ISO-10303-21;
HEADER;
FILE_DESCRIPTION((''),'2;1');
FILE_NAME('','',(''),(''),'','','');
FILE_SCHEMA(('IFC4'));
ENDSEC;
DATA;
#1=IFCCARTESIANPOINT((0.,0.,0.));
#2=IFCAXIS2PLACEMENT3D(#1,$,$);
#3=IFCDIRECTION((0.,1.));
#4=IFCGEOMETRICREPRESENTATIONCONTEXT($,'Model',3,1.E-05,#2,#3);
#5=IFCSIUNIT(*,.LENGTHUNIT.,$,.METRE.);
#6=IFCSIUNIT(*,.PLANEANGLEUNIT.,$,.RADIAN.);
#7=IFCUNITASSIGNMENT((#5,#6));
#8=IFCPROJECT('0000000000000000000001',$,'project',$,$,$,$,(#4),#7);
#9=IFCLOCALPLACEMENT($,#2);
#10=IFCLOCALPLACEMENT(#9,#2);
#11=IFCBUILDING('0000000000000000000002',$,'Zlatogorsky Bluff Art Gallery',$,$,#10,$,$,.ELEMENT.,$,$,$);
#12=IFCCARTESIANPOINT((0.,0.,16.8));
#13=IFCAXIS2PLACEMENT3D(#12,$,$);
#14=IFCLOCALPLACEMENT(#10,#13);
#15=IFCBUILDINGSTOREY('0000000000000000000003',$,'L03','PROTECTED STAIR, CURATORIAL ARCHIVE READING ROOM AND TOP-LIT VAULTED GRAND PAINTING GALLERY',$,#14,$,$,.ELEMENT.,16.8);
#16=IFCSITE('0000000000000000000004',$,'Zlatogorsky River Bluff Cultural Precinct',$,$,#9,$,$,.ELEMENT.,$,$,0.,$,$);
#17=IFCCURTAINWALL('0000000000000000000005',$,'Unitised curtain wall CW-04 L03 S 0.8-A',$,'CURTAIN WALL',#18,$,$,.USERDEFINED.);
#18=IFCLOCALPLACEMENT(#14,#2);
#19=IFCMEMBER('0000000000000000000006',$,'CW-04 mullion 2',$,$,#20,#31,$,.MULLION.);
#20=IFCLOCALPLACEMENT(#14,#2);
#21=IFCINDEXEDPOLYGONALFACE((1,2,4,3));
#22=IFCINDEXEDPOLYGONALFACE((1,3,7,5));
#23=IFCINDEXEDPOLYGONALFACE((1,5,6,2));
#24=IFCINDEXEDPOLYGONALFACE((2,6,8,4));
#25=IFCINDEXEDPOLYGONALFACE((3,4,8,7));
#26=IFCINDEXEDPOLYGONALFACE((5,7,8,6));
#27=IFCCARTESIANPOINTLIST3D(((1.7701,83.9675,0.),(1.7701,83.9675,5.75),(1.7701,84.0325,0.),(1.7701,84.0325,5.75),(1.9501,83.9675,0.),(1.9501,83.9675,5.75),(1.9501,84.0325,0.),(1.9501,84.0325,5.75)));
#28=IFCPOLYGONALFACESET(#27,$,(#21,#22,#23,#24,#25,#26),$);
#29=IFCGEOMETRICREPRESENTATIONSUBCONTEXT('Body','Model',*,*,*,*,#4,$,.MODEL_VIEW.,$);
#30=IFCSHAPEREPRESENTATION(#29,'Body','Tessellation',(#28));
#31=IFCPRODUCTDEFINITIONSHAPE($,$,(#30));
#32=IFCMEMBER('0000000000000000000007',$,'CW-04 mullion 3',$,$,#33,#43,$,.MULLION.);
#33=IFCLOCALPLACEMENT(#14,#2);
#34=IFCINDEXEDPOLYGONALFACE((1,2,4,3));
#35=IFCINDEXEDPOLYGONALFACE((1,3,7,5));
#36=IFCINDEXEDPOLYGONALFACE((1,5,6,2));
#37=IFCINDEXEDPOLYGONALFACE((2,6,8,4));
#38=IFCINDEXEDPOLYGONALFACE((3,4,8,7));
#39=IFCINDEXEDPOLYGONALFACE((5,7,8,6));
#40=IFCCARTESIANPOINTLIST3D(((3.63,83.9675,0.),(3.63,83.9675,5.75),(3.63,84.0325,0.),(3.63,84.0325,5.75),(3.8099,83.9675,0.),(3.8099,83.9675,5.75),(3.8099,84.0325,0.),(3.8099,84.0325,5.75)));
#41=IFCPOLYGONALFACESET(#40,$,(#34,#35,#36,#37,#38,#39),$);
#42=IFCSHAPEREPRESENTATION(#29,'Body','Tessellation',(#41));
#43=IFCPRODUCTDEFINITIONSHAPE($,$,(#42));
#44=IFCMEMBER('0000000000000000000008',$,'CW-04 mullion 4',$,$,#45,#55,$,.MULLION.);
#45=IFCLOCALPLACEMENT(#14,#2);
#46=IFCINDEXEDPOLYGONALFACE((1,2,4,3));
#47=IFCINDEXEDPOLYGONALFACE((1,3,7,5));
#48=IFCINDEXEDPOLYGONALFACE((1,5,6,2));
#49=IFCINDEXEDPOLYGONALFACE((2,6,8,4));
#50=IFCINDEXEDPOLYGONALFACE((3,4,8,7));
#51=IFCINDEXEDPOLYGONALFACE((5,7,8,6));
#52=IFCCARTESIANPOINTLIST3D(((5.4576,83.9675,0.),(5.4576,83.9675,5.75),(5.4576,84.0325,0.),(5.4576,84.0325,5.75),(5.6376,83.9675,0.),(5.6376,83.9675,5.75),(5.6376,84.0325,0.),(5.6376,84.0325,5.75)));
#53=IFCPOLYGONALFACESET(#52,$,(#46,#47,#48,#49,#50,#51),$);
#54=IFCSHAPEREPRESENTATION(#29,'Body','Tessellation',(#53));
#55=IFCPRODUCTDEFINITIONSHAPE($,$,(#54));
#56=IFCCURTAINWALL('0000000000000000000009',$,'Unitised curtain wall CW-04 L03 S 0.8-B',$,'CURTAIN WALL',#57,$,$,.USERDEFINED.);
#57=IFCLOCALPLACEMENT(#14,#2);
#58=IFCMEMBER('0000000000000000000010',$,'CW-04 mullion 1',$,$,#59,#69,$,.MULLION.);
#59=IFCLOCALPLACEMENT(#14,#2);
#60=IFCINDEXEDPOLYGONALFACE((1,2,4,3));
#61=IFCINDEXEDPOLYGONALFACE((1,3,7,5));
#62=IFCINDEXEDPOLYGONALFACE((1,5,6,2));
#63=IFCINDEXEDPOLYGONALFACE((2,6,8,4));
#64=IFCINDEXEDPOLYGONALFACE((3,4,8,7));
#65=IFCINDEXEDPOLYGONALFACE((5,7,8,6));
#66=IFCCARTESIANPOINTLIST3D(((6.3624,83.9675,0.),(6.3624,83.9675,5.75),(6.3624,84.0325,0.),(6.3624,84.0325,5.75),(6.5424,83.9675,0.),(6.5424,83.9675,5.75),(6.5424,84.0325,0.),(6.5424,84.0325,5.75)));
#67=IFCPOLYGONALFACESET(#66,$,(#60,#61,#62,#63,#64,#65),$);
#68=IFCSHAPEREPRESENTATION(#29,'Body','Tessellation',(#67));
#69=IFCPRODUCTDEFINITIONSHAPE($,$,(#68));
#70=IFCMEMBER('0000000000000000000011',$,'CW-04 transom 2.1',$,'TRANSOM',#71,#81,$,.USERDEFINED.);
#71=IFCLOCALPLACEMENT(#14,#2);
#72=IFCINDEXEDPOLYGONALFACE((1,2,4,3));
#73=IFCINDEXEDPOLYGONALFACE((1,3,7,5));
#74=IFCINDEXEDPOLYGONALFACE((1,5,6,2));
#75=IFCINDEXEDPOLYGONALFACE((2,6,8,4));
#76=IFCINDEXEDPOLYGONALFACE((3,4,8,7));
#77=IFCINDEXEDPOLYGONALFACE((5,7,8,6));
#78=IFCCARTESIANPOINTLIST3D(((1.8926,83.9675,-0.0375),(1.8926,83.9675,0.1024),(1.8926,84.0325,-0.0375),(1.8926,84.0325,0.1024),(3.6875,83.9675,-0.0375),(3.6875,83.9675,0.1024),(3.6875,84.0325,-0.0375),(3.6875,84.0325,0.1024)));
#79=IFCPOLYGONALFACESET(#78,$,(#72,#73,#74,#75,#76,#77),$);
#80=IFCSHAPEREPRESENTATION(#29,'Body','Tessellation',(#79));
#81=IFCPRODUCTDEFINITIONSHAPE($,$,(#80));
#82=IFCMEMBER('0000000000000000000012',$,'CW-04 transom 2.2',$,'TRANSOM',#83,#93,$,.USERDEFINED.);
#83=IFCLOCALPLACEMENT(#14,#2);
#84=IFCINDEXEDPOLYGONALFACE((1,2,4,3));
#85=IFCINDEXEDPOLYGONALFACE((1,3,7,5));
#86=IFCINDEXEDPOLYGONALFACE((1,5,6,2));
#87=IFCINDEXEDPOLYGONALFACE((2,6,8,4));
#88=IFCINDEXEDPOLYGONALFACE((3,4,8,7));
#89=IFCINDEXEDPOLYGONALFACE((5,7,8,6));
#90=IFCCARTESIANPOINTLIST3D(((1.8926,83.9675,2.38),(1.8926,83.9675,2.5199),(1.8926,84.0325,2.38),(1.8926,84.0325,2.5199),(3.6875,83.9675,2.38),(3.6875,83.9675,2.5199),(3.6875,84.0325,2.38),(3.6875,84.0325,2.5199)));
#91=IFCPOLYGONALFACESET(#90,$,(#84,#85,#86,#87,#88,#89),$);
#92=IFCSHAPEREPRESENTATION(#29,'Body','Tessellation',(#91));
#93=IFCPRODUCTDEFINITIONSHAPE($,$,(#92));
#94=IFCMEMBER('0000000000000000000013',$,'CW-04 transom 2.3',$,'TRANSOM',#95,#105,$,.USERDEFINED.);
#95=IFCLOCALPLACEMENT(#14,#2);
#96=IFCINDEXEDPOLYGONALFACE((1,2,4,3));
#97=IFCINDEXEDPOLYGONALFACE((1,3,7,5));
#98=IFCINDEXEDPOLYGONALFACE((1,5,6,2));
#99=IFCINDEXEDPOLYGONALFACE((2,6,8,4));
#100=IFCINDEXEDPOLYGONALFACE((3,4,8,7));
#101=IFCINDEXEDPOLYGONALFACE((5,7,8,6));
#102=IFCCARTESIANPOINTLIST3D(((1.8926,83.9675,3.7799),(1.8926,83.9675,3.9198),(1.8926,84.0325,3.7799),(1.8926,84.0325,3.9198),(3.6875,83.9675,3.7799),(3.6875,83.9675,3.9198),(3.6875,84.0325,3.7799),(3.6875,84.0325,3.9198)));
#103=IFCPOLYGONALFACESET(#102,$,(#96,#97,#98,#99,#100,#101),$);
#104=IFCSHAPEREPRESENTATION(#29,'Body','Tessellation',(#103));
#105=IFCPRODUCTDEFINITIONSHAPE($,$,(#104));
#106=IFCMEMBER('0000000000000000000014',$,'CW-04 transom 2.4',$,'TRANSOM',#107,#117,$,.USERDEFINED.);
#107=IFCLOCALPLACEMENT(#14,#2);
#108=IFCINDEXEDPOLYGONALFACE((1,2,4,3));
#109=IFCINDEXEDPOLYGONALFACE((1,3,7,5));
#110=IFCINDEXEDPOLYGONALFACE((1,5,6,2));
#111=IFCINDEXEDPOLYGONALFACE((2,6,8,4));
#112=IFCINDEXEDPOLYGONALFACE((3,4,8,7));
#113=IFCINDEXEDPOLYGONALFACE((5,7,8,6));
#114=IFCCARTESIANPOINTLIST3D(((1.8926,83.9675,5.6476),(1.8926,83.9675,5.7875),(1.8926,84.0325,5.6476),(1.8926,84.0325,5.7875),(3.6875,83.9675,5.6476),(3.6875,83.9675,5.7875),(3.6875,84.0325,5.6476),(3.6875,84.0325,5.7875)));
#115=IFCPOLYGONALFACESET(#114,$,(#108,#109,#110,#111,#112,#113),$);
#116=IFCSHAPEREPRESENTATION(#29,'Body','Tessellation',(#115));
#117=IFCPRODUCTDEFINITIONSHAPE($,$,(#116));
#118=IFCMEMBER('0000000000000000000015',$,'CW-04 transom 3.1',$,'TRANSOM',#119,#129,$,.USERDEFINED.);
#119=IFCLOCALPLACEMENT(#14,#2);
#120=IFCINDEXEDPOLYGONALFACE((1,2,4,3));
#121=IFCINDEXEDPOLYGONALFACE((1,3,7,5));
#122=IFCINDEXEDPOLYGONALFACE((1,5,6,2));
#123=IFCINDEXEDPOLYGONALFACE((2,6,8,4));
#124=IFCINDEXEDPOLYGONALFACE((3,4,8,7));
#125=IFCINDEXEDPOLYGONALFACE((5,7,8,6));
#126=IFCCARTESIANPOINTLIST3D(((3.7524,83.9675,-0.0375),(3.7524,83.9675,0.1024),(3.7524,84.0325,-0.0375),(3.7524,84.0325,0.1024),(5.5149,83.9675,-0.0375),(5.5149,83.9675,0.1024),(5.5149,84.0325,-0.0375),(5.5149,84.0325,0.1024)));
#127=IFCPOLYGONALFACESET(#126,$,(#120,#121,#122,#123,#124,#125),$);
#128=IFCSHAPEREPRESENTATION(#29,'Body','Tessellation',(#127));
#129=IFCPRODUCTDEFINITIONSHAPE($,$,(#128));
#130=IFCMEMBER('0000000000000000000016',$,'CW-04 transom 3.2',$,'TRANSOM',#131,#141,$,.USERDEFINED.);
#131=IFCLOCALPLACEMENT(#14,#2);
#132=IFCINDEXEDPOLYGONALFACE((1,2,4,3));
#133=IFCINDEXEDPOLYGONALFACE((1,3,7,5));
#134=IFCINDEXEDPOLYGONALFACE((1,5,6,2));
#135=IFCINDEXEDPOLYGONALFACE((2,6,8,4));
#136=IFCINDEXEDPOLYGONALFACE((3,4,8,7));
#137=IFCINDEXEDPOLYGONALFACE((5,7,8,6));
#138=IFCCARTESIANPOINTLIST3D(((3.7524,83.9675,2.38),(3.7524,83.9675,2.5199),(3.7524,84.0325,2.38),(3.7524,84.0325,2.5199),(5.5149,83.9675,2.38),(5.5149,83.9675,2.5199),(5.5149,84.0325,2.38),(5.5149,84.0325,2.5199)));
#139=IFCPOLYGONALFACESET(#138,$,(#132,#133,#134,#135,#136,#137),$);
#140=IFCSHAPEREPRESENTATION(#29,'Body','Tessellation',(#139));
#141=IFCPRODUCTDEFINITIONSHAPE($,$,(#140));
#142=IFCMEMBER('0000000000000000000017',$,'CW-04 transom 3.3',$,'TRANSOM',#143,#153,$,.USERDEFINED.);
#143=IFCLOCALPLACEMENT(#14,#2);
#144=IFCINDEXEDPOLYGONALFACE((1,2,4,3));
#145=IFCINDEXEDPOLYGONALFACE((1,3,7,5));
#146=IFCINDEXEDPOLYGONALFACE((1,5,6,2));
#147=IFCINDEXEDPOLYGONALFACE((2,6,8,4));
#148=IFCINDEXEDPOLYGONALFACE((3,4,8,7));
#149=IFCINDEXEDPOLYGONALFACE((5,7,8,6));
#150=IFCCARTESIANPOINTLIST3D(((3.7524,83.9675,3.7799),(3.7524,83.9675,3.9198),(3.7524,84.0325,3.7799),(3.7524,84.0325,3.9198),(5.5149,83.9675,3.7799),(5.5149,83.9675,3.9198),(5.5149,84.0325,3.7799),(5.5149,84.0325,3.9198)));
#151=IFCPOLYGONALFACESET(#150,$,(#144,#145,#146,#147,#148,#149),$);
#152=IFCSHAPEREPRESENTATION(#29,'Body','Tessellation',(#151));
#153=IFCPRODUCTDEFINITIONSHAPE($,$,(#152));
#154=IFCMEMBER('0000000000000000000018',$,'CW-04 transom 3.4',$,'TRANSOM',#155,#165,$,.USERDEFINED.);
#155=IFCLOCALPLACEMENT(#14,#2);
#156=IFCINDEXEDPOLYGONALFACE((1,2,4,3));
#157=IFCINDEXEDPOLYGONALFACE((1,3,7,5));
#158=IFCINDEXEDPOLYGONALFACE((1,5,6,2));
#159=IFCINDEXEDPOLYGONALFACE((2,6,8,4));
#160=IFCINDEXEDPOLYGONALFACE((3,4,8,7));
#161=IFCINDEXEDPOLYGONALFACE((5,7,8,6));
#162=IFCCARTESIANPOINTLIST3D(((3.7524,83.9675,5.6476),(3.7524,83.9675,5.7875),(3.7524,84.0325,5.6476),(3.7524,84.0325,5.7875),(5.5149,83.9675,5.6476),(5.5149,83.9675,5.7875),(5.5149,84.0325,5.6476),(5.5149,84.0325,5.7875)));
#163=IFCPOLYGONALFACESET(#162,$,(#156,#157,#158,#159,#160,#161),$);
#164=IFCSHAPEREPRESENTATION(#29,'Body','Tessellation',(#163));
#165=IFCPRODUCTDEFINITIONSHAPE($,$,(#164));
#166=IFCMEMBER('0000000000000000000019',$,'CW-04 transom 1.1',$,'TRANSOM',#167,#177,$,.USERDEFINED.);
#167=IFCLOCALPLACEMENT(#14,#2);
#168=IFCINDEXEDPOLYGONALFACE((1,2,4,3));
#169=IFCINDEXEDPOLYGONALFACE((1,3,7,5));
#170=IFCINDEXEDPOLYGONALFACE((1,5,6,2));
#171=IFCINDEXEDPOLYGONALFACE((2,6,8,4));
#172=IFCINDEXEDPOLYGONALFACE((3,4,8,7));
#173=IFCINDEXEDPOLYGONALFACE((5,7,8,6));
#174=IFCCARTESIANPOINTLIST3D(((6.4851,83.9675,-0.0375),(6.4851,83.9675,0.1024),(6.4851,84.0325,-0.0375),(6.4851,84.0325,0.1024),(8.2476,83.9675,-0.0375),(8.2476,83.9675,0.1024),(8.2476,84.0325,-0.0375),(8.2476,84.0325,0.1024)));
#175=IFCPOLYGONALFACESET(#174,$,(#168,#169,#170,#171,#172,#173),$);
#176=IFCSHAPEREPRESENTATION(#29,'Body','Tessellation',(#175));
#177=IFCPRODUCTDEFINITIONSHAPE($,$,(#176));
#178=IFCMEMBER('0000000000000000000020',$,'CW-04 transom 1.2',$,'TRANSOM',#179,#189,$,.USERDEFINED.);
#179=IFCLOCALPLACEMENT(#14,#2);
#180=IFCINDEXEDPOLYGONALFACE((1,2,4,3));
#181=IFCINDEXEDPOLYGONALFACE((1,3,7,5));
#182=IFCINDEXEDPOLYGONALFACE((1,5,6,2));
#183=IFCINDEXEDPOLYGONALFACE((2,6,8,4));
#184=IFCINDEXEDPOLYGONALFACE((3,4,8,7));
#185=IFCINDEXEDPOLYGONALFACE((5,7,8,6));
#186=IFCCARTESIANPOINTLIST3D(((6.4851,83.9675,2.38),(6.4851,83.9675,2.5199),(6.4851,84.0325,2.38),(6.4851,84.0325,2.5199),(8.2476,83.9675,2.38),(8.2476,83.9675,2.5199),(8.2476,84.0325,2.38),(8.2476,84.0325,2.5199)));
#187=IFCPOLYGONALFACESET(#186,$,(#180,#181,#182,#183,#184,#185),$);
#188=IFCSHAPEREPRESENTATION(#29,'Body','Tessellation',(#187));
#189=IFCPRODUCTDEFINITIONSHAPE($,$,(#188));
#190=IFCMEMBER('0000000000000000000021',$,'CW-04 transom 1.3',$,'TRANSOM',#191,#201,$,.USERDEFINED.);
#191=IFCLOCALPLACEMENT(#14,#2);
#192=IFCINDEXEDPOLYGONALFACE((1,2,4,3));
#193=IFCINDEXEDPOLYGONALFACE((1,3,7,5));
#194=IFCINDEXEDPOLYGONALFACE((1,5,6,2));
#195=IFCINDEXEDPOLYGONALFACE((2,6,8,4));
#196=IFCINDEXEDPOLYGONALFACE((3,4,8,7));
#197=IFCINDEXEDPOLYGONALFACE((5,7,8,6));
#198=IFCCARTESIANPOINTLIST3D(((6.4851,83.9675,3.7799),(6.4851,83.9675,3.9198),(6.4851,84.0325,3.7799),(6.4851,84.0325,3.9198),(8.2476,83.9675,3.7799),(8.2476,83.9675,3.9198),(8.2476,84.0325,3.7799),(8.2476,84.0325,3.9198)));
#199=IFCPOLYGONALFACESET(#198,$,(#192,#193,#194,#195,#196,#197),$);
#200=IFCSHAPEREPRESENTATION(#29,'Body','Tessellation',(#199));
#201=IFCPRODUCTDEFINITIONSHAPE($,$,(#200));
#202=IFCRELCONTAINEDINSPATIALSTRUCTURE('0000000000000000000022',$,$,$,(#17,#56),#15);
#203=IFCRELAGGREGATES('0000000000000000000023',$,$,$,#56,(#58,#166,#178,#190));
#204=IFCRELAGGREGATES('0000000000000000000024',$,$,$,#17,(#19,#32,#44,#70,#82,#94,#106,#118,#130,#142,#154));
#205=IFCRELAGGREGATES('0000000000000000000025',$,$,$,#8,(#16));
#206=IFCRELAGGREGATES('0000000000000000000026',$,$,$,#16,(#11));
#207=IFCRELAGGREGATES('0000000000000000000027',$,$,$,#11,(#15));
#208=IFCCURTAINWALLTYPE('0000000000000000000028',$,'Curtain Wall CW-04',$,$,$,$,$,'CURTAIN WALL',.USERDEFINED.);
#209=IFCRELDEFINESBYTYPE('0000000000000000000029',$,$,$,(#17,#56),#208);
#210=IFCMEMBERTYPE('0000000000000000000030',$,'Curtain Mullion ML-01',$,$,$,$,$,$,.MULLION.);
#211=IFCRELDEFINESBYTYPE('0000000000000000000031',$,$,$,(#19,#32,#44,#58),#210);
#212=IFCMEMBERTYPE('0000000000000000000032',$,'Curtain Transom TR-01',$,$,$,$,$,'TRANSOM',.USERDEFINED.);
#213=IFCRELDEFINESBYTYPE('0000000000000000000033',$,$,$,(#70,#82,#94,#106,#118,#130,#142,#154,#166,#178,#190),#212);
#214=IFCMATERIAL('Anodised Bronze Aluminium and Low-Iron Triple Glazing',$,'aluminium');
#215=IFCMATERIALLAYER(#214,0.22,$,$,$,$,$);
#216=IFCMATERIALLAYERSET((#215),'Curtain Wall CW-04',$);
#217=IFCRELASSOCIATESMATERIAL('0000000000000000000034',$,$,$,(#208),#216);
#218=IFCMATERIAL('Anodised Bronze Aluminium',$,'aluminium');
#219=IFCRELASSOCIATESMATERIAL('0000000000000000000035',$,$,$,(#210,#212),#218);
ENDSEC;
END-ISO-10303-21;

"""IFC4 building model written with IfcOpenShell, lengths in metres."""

from ifc_helpers import new_model, si_unit, direction, frame, origin, origin_2d, place, context, subcontext, project, spatial, rectangle, extrude, material, layer, layer_set, material_profile, profile_set, type_object, element, aggregate, save


model = new_model("IFC4")

# Units and contexts
model_context = context("Model", 3, precision=1e-05, world=origin(), true_north=direction((0.0, 1.0)))
body_context = subcontext(model_context, "Body", "Model", "MODEL_VIEW")
ifc_project = project(units=[si_unit("LENGTHUNIT", "METRE"), si_unit("PLANEANGLEUNIT", "RADIAN")], contexts=[model_context])

# Site, building, storey
site_placement = place(None, origin())
site = spatial("IfcSite", under=ifc_project, at=site_placement, Name="Zlatogorsky River Bluff Cultural Precinct", CompositionType="ELEMENT", RefElevation=0.0)
building_placement = place(site_placement, origin())
building = spatial("IfcBuilding", under=site, at=building_placement, Name="Zlatogorsky Bluff Art Gallery", CompositionType="ELEMENT")
storey_placement = place(building_placement, frame((0.0, 0.0, 16.8)))
storey = spatial("IfcBuildingStorey", under=building, at=storey_placement, Name="L03", Description="PROTECTED STAIR, CURATORIAL ARCHIVE READING ROOM AND TOP-LIT VAULTED GRAND PAINTING GALLERY", CompositionType="ELEMENT", Elevation=16.8)

# Curtain wall, members
ifc_material_1 = material(Name="Anodised Bronze Aluminium and Low-Iron Triple Glazing", Category="aluminium")
ifc_layer_1 = layer(ifc_material_1, 0.22)
ifc_layer_set_1 = layer_set([ifc_layer_1], Name="Curtain Wall CW-04")
curtain_wall_type = type_object("IfcCurtainWallType", Name="Curtain Wall CW-04", ElementType="CURTAIN WALL", PredefinedType="USERDEFINED", material=ifc_layer_set_1)
curtain_wall_1_placement = place(storey_placement, origin())
curtain_wall_1 = element("IfcCurtainWall", 1, at=curtain_wall_1_placement, inside=storey, type_object=curtain_wall_type, Name="Unitised curtain wall CW-04 L03 S 0.8-A", ObjectType="CURTAIN WALL", PredefinedType="USERDEFINED")
ifc_material_2 = material(Name="Anodised Bronze Aluminium", Category="aluminium")
ifc_material_profile_1 = material_profile(ifc_material_2, rectangle(XDim=0.0649, YDim=0.1799, at=origin_2d()), Name="ALU MULLION 65x180")
ifc_profile_set_1 = profile_set([ifc_material_profile_1], Name="Anodised Bronze Aluminium")
member_type_1 = type_object("IfcMemberType", Name="Curtain Mullion ML-01", PredefinedType="MULLION", material=ifc_profile_set_1)
member_1_placement = place(storey_placement, frame((1.8601, 84.0, 0.0), z_axis=(0.0, 0.0, 1.0), x_axis=(0.0, 1.0, 0.0)))
member_1 = element("IfcMember", 2, at=member_1_placement, type_object=member_type_1, Name="CW-04 mullion 2", PredefinedType="MULLION", context=body_context, shape_type="SweptSolid", body=[
    extrude(rectangle(XDim=0.0649, YDim=0.1799, at=origin_2d()), origin(), (0.0, 0.0, 1.0), 5.75),
])
member_2_placement = place(storey_placement, frame((3.72, 84.0, 0.0), z_axis=(0.0, 0.0, 1.0), x_axis=(0.0, 1.0, 0.0)))
member_2 = element("IfcMember", 3, at=member_2_placement, type_object=member_type_1, Name="CW-04 mullion 3", PredefinedType="MULLION", context=body_context, shape_type="SweptSolid", body=[
    extrude(rectangle(XDim=0.0649, YDim=0.1799, at=origin_2d()), origin(), (0.0, 0.0, 1.0), 5.75),
])
member_3_placement = place(storey_placement, frame((5.5476, 84.0, 0.0), z_axis=(0.0, 0.0, 1.0), x_axis=(0.0, 1.0, 0.0)))
member_3 = element("IfcMember", 4, at=member_3_placement, type_object=member_type_1, Name="CW-04 mullion 4", PredefinedType="MULLION", context=body_context, shape_type="SweptSolid", body=[
    extrude(rectangle(XDim=0.0649, YDim=0.1799, at=origin_2d()), origin(), (0.0, 0.0, 1.0), 5.75),
])

# Curtain wall, member
curtain_wall_2_placement = place(storey_placement, origin())
curtain_wall_2 = element("IfcCurtainWall", 5, at=curtain_wall_2_placement, inside=storey, type_object=curtain_wall_type, Name="Unitised curtain wall CW-04 L03 S 0.8-B", ObjectType="CURTAIN WALL", PredefinedType="USERDEFINED")
member_4_placement = place(storey_placement, frame((6.4524, 84.0, 0.0), z_axis=(0.0, 0.0, 1.0), x_axis=(0.0, 1.0, 0.0)))
member_4 = element("IfcMember", 6, at=member_4_placement, type_object=member_type_1, Name="CW-04 mullion 1", PredefinedType="MULLION", context=body_context, shape_type="SweptSolid", body=[
    extrude(rectangle(XDim=0.0649, YDim=0.1799, at=origin_2d()), origin(), (0.0, 0.0, 1.0), 5.75),
])

# Members
ifc_material_profile_2 = material_profile(ifc_material_2, rectangle(XDim=0.0649, YDim=0.1399, at=origin_2d()), Name="ALU TRANSOM 65x140")
ifc_profile_set_2 = profile_set([ifc_material_profile_2], Name="Anodised Bronze Aluminium")
member_type_2 = type_object("IfcMemberType", Name="Curtain Transom TR-01", ElementType="TRANSOM", PredefinedType="USERDEFINED", material=ifc_profile_set_2)
member_5_placement = place(storey_placement, frame((1.8926, 84.0, 0.0325), z_axis=(1.0, 0.0, 0.0), x_axis=(0.0, 1.0, 0.0)))
member_5 = element("IfcMember", 7, at=member_5_placement, type_object=member_type_2, Name="CW-04 transom 2.1", ObjectType="TRANSOM", PredefinedType="USERDEFINED", context=body_context, shape_type="SweptSolid", body=[
    extrude(rectangle(XDim=0.0649, YDim=0.1399, at=origin_2d()), origin(), (0.0, 0.0, 1.0), 1.7949),
])
member_6_placement = place(storey_placement, frame((1.8926, 84.0, 2.45), z_axis=(1.0, 0.0, 0.0), x_axis=(0.0, 1.0, 0.0)))
member_6 = element("IfcMember", 8, at=member_6_placement, type_object=member_type_2, Name="CW-04 transom 2.2", ObjectType="TRANSOM", PredefinedType="USERDEFINED", context=body_context, shape_type="SweptSolid", body=[
    extrude(rectangle(XDim=0.0649, YDim=0.1399, at=origin_2d()), origin(), (0.0, 0.0, 1.0), 1.7949),
])
member_7_placement = place(storey_placement, frame((1.8926, 84.0, 3.8499), z_axis=(1.0, 0.0, 0.0), x_axis=(0.0, 1.0, 0.0)))
member_7 = element("IfcMember", 9, at=member_7_placement, type_object=member_type_2, Name="CW-04 transom 2.3", ObjectType="TRANSOM", PredefinedType="USERDEFINED", context=body_context, shape_type="SweptSolid", body=[
    extrude(rectangle(XDim=0.0649, YDim=0.1399, at=origin_2d()), origin(), (0.0, 0.0, 1.0), 1.7949),
])
member_8_placement = place(storey_placement, frame((1.8926, 84.0, 5.7175), z_axis=(1.0, 0.0, 0.0), x_axis=(0.0, 1.0, 0.0)))
member_8 = element("IfcMember", 10, at=member_8_placement, type_object=member_type_2, Name="CW-04 transom 2.4", ObjectType="TRANSOM", PredefinedType="USERDEFINED", context=body_context, shape_type="SweptSolid", body=[
    extrude(rectangle(XDim=0.0649, YDim=0.1399, at=origin_2d()), origin(), (0.0, 0.0, 1.0), 1.7949),
])
member_9_placement = place(storey_placement, frame((3.7524, 84.0, 0.0325), z_axis=(1.0, 0.0, 0.0), x_axis=(0.0, 1.0, 0.0)))
member_9 = element("IfcMember", 11, at=member_9_placement, type_object=member_type_2, Name="CW-04 transom 3.1", ObjectType="TRANSOM", PredefinedType="USERDEFINED", context=body_context, shape_type="SweptSolid", body=[
    extrude(rectangle(XDim=0.0649, YDim=0.1399, at=origin_2d()), origin(), (0.0, 0.0, 1.0), 1.7625),
])
member_10_placement = place(storey_placement, frame((3.7524, 84.0, 2.45), z_axis=(1.0, 0.0, 0.0), x_axis=(0.0, 1.0, 0.0)))
member_10 = element("IfcMember", 12, at=member_10_placement, type_object=member_type_2, Name="CW-04 transom 3.2", ObjectType="TRANSOM", PredefinedType="USERDEFINED", context=body_context, shape_type="SweptSolid", body=[
    extrude(rectangle(XDim=0.0649, YDim=0.1399, at=origin_2d()), origin(), (0.0, 0.0, 1.0), 1.7625),
])
member_11_placement = place(storey_placement, frame((3.7524, 84.0, 3.8499), z_axis=(1.0, 0.0, 0.0), x_axis=(0.0, 1.0, 0.0)))
member_11 = element("IfcMember", 13, at=member_11_placement, type_object=member_type_2, Name="CW-04 transom 3.3", ObjectType="TRANSOM", PredefinedType="USERDEFINED", context=body_context, shape_type="SweptSolid", body=[
    extrude(rectangle(XDim=0.0649, YDim=0.1399, at=origin_2d()), origin(), (0.0, 0.0, 1.0), 1.7625),
])
member_12_placement = place(storey_placement, frame((3.7524, 84.0, 5.7175), z_axis=(1.0, 0.0, 0.0), x_axis=(0.0, 1.0, 0.0)))
member_12 = element("IfcMember", 14, at=member_12_placement, type_object=member_type_2, Name="CW-04 transom 3.4", ObjectType="TRANSOM", PredefinedType="USERDEFINED", context=body_context, shape_type="SweptSolid", body=[
    extrude(rectangle(XDim=0.0649, YDim=0.1399, at=origin_2d()), origin(), (0.0, 0.0, 1.0), 1.7625),
])
member_13_placement = place(storey_placement, frame((6.4851, 84.0, 0.0325), z_axis=(1.0, 0.0, 0.0), x_axis=(0.0, 1.0, 0.0)))
member_13 = element("IfcMember", 15, at=member_13_placement, type_object=member_type_2, Name="CW-04 transom 1.1", ObjectType="TRANSOM", PredefinedType="USERDEFINED", context=body_context, shape_type="SweptSolid", body=[
    extrude(rectangle(XDim=0.0649, YDim=0.1399, at=origin_2d()), origin(), (0.0, 0.0, 1.0), 1.7625),
])
member_14_placement = place(storey_placement, frame((6.4851, 84.0, 2.45), z_axis=(1.0, 0.0, 0.0), x_axis=(0.0, 1.0, 0.0)))
member_14 = element("IfcMember", 16, at=member_14_placement, type_object=member_type_2, Name="CW-04 transom 1.2", ObjectType="TRANSOM", PredefinedType="USERDEFINED", context=body_context, shape_type="SweptSolid", body=[
    extrude(rectangle(XDim=0.0649, YDim=0.1399, at=origin_2d()), origin(), (0.0, 0.0, 1.0), 1.7625),
])
member_15_placement = place(storey_placement, frame((6.4851, 84.0, 3.8499), z_axis=(1.0, 0.0, 0.0), x_axis=(0.0, 1.0, 0.0)))
member_15 = element("IfcMember", 17, at=member_15_placement, type_object=member_type_2, Name="CW-04 transom 1.3", ObjectType="TRANSOM", PredefinedType="USERDEFINED", context=body_context, shape_type="SweptSolid", body=[
    extrude(rectangle(XDim=0.0649, YDim=0.1399, at=origin_2d()), origin(), (0.0, 0.0, 1.0), 1.7625),
])
aggregate(curtain_wall_2, [member_4, member_13, member_14, member_15])

aggregate(curtain_wall_1, [member_1, member_2, member_3, member_5, member_6, member_7, member_8, member_9, member_10, member_11, member_12])

save(model, "model.ifc")
